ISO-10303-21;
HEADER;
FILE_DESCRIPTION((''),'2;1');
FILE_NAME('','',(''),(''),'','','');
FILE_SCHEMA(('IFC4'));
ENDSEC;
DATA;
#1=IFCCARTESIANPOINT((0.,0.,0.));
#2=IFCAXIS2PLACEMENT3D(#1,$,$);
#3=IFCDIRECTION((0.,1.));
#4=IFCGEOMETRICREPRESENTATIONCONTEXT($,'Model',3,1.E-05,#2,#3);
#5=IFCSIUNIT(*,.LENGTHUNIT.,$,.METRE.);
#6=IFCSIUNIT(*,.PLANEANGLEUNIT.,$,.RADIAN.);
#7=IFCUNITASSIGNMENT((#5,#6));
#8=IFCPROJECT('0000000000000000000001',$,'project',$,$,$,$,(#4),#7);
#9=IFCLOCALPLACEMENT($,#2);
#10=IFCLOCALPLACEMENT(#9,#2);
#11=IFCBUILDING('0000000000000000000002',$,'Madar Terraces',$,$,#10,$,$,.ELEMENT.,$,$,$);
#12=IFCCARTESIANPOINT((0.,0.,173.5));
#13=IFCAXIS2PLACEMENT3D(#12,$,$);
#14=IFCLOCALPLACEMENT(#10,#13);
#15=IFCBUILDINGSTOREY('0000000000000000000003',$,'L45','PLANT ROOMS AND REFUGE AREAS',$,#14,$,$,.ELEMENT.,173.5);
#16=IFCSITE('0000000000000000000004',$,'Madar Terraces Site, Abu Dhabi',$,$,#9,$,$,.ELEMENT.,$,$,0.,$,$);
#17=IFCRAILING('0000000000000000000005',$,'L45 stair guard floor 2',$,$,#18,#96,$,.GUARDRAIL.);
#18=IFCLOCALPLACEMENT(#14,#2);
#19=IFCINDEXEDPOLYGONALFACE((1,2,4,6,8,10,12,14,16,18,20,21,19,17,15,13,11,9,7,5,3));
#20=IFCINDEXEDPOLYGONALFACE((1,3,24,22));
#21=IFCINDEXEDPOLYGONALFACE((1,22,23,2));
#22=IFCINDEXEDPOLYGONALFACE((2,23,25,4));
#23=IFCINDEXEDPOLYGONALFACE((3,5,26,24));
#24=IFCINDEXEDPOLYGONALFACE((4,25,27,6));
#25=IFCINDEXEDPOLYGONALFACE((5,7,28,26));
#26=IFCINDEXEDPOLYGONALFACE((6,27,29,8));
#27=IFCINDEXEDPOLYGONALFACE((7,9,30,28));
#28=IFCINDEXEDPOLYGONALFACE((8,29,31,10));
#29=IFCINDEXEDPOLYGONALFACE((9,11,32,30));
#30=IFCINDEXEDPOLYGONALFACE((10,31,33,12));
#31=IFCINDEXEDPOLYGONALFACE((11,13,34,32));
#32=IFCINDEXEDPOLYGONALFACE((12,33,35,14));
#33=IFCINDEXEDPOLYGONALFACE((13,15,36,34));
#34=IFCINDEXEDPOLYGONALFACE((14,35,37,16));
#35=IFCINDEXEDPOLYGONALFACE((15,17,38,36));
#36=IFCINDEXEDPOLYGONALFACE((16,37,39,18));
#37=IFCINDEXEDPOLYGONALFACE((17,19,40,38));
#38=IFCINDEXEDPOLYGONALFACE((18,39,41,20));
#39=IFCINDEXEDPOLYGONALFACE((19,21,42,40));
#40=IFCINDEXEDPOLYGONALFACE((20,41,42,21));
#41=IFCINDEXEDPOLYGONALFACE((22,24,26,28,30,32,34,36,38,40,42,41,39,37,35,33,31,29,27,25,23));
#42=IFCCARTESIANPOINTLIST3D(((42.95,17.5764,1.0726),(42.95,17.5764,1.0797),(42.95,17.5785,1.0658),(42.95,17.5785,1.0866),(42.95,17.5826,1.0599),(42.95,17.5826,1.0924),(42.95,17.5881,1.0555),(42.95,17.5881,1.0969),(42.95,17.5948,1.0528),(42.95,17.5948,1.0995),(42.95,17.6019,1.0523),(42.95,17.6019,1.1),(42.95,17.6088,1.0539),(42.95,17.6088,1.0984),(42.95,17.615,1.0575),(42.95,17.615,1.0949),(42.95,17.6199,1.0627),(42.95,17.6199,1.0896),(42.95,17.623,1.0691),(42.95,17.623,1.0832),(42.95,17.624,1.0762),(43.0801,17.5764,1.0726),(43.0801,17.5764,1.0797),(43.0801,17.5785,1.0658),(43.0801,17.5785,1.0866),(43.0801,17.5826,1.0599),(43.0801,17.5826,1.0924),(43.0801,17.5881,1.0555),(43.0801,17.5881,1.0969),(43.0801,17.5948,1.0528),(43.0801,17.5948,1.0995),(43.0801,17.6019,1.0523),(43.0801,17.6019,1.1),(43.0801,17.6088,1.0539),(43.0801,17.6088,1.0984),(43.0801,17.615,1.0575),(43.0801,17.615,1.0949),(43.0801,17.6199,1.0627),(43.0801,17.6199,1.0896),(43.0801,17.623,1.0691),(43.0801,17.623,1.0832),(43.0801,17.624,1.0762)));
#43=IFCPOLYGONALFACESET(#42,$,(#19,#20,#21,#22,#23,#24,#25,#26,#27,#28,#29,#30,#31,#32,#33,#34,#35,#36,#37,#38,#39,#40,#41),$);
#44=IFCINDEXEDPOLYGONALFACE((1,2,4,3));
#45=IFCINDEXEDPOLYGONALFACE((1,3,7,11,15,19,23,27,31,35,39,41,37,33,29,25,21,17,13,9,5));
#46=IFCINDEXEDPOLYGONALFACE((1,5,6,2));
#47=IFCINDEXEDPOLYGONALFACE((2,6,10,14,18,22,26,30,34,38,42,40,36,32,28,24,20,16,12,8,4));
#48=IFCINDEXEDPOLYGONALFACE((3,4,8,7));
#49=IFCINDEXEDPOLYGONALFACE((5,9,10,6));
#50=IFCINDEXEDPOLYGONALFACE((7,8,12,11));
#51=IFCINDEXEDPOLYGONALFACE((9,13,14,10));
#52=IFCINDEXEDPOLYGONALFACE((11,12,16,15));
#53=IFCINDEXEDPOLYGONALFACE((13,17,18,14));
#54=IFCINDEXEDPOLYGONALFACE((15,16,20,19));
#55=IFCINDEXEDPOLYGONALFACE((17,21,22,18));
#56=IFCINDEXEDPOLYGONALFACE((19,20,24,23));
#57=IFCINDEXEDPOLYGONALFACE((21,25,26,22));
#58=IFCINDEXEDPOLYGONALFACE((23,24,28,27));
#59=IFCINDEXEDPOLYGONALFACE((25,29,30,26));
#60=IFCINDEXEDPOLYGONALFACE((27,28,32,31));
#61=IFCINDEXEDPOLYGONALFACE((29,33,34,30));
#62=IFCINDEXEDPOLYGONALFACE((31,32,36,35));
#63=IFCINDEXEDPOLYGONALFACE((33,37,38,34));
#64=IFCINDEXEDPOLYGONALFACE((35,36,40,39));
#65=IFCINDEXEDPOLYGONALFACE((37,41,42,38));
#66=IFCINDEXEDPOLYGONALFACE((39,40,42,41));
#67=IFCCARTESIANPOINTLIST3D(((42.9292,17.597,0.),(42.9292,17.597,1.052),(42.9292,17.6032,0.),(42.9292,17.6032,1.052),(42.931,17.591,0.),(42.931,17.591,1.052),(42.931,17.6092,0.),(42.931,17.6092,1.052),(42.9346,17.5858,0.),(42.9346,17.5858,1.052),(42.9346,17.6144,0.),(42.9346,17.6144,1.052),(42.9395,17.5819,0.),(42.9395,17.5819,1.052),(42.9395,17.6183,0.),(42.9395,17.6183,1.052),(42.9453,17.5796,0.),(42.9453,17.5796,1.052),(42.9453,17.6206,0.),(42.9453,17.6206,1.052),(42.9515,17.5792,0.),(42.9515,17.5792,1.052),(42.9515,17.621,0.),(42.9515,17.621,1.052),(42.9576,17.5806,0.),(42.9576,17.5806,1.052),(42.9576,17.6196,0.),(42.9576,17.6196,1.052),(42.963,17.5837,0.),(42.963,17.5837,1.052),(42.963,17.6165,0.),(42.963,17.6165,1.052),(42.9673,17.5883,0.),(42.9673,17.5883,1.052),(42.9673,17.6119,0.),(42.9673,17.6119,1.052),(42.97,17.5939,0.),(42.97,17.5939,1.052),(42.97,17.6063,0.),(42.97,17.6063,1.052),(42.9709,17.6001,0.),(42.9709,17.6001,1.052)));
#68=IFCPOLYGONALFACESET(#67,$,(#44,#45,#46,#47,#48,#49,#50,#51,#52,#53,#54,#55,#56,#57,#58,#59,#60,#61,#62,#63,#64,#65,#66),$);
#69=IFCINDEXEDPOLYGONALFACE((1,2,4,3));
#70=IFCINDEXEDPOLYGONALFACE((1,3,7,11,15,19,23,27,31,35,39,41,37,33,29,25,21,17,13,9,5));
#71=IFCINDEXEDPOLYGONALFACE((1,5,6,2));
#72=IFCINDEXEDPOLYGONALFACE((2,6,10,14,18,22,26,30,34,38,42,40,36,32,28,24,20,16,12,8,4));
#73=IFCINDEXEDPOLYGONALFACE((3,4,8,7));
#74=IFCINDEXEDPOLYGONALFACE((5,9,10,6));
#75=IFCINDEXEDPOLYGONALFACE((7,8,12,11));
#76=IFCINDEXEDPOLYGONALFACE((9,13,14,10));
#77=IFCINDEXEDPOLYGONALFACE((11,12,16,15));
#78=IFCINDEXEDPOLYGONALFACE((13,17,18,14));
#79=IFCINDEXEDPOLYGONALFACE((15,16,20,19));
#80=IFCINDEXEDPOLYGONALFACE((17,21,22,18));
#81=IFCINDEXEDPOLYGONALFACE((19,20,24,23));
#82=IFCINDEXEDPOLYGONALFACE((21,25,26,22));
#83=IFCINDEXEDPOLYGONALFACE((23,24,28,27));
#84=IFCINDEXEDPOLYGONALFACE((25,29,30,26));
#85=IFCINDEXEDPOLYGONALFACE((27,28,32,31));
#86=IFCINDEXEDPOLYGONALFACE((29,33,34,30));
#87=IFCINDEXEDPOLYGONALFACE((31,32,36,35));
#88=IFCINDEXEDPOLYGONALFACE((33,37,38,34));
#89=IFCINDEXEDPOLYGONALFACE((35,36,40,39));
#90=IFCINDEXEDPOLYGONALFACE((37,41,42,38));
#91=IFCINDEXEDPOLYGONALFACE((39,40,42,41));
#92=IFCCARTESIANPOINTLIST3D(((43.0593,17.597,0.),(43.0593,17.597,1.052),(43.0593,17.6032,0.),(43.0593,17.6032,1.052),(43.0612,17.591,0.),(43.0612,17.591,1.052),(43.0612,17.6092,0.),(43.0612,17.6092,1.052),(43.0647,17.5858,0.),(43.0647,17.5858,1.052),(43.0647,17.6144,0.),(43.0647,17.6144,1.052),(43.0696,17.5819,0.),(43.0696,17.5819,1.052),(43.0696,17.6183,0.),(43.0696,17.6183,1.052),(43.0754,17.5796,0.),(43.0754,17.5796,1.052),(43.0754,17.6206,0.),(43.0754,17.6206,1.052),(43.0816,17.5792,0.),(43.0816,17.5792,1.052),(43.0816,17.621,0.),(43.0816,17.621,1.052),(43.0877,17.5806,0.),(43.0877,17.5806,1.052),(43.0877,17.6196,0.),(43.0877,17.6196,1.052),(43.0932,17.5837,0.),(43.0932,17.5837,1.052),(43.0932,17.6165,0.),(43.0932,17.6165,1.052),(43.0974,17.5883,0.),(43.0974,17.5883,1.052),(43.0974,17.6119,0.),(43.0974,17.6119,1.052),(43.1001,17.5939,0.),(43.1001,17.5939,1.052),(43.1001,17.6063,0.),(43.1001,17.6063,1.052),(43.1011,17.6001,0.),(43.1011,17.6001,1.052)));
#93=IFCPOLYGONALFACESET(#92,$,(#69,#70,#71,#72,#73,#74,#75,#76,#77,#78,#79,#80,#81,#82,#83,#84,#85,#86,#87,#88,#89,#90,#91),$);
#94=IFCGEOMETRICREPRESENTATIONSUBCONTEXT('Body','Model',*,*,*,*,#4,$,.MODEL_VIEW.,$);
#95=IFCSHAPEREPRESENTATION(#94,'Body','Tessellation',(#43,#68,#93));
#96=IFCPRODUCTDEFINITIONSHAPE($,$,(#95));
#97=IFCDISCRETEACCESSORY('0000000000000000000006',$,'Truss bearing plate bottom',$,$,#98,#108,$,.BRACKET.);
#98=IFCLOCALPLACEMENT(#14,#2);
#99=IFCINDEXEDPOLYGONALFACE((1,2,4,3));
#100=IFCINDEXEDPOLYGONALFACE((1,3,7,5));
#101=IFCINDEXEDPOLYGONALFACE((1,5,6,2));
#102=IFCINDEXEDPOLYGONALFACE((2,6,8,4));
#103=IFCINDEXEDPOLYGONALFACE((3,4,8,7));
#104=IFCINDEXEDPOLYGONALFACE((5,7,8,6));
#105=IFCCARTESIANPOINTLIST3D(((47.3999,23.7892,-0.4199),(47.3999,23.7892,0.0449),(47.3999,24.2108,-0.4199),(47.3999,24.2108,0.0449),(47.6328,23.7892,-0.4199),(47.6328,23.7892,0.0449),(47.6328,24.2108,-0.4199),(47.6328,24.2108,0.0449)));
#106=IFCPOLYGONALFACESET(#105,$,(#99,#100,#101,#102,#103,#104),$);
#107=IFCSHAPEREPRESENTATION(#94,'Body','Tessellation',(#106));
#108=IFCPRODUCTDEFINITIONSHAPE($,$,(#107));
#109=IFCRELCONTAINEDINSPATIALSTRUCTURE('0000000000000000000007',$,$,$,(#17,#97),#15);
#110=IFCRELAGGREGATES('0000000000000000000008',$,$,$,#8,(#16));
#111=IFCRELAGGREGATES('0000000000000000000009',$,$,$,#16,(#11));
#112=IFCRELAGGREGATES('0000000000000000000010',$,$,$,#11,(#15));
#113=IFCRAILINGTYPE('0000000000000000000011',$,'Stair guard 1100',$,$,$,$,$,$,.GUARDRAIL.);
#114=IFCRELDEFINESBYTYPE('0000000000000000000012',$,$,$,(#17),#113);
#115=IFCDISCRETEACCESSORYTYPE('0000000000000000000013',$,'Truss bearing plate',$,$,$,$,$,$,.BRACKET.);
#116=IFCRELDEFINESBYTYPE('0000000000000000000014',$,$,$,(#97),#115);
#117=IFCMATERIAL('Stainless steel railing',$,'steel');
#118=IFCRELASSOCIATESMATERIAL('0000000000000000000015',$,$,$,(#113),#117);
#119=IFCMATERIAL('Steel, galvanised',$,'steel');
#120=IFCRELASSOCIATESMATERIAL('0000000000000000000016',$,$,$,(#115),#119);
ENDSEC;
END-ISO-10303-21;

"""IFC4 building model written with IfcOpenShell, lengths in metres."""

from ifc_helpers import new_model, si_unit, direction, frame, origin, origin_2d, place, context, subcontext, project, spatial, rectangle, circle, extrude, material, type_object, element, save


model = new_model("IFC4")

# Units and contexts
model_context = context("Model", 3, precision=1e-05, world=origin(), true_north=direction((0.0, 1.0)))
body_context = subcontext(model_context, "Body", "Model", "MODEL_VIEW")
ifc_project = project(units=[si_unit("LENGTHUNIT", "METRE"), si_unit("PLANEANGLEUNIT", "RADIAN")], contexts=[model_context])

# Site, building, storey
site_placement = place(None, origin())
site = spatial("IfcSite", under=ifc_project, at=site_placement, Name="Madar Terraces Site, Abu Dhabi", CompositionType="ELEMENT", RefElevation=0.0)
building_placement = place(site_placement, origin())
building = spatial("IfcBuilding", under=site, at=building_placement, Name="Madar Terraces", CompositionType="ELEMENT")
storey_placement = place(building_placement, frame((0.0, 0.0, 173.5)))
storey = spatial("IfcBuildingStorey", under=building, at=storey_placement, Name="L45", Description="PLANT ROOMS AND REFUGE AREAS", CompositionType="ELEMENT", Elevation=173.5)

# Railing
ifc_material_1 = material(Name="Stainless steel railing", Category="steel")
railing_type_1 = type_object("IfcRailingType", Name="Stair guard 1100", PredefinedType="GUARDRAIL", material=ifc_material_1)
railing_1_placement = place(storey_placement, frame((42.95, 17.6001, 0.0)))
element("IfcRailing", 1, at=railing_1_placement, inside=storey, type_object=railing_type_1, Name="L45 stair guard floor 2", PredefinedType="GUARDRAIL", context=body_context, shape_type="SweptSolid", body=[
    extrude(circle(Radius=0.0239, at=origin_2d()), frame((0.0, 0.0, 1.0762), z_axis=(1.0, 0.0, 0.0), x_axis=(0.0, 1.0, 0.0)), (0.0, 0.0, 1.0), 0.1301),
    extrude(circle(Radius=0.021, at=origin_2d()), origin(), (0.0, 0.0, 1.0), 1.052),
    extrude(circle(Radius=0.021, at=origin_2d()), frame((0.1301, 0.0, 0.0)), (0.0, 0.0, 1.0), 1.052),
])

# Discrete accessory
ifc_material_2 = material(Name="Steel, galvanised", Category="steel")
discrete_accessory_type = type_object("IfcDiscreteAccessoryType", Name="Truss bearing plate", PredefinedType="BRACKET", material=ifc_material_2)
discrete_accessory_placement = place(storey_placement, frame((47.5164, 24.0, -0.4199), z_axis=(0.0, 0.0, 1.0), x_axis=(1.0, 0.0, 0.0)))
element("IfcDiscreteAccessory", 2, at=discrete_accessory_placement, inside=storey, type_object=discrete_accessory_type, Name="Truss bearing plate bottom", PredefinedType="BRACKET", context=body_context, shape_type="SweptSolid", body=[
    extrude(rectangle(XDim=0.2329, YDim=0.4216, at=origin_2d()), origin(), (0.0, 0.0, 1.0), 0.4648),
])

save(model, "model.ifc")
